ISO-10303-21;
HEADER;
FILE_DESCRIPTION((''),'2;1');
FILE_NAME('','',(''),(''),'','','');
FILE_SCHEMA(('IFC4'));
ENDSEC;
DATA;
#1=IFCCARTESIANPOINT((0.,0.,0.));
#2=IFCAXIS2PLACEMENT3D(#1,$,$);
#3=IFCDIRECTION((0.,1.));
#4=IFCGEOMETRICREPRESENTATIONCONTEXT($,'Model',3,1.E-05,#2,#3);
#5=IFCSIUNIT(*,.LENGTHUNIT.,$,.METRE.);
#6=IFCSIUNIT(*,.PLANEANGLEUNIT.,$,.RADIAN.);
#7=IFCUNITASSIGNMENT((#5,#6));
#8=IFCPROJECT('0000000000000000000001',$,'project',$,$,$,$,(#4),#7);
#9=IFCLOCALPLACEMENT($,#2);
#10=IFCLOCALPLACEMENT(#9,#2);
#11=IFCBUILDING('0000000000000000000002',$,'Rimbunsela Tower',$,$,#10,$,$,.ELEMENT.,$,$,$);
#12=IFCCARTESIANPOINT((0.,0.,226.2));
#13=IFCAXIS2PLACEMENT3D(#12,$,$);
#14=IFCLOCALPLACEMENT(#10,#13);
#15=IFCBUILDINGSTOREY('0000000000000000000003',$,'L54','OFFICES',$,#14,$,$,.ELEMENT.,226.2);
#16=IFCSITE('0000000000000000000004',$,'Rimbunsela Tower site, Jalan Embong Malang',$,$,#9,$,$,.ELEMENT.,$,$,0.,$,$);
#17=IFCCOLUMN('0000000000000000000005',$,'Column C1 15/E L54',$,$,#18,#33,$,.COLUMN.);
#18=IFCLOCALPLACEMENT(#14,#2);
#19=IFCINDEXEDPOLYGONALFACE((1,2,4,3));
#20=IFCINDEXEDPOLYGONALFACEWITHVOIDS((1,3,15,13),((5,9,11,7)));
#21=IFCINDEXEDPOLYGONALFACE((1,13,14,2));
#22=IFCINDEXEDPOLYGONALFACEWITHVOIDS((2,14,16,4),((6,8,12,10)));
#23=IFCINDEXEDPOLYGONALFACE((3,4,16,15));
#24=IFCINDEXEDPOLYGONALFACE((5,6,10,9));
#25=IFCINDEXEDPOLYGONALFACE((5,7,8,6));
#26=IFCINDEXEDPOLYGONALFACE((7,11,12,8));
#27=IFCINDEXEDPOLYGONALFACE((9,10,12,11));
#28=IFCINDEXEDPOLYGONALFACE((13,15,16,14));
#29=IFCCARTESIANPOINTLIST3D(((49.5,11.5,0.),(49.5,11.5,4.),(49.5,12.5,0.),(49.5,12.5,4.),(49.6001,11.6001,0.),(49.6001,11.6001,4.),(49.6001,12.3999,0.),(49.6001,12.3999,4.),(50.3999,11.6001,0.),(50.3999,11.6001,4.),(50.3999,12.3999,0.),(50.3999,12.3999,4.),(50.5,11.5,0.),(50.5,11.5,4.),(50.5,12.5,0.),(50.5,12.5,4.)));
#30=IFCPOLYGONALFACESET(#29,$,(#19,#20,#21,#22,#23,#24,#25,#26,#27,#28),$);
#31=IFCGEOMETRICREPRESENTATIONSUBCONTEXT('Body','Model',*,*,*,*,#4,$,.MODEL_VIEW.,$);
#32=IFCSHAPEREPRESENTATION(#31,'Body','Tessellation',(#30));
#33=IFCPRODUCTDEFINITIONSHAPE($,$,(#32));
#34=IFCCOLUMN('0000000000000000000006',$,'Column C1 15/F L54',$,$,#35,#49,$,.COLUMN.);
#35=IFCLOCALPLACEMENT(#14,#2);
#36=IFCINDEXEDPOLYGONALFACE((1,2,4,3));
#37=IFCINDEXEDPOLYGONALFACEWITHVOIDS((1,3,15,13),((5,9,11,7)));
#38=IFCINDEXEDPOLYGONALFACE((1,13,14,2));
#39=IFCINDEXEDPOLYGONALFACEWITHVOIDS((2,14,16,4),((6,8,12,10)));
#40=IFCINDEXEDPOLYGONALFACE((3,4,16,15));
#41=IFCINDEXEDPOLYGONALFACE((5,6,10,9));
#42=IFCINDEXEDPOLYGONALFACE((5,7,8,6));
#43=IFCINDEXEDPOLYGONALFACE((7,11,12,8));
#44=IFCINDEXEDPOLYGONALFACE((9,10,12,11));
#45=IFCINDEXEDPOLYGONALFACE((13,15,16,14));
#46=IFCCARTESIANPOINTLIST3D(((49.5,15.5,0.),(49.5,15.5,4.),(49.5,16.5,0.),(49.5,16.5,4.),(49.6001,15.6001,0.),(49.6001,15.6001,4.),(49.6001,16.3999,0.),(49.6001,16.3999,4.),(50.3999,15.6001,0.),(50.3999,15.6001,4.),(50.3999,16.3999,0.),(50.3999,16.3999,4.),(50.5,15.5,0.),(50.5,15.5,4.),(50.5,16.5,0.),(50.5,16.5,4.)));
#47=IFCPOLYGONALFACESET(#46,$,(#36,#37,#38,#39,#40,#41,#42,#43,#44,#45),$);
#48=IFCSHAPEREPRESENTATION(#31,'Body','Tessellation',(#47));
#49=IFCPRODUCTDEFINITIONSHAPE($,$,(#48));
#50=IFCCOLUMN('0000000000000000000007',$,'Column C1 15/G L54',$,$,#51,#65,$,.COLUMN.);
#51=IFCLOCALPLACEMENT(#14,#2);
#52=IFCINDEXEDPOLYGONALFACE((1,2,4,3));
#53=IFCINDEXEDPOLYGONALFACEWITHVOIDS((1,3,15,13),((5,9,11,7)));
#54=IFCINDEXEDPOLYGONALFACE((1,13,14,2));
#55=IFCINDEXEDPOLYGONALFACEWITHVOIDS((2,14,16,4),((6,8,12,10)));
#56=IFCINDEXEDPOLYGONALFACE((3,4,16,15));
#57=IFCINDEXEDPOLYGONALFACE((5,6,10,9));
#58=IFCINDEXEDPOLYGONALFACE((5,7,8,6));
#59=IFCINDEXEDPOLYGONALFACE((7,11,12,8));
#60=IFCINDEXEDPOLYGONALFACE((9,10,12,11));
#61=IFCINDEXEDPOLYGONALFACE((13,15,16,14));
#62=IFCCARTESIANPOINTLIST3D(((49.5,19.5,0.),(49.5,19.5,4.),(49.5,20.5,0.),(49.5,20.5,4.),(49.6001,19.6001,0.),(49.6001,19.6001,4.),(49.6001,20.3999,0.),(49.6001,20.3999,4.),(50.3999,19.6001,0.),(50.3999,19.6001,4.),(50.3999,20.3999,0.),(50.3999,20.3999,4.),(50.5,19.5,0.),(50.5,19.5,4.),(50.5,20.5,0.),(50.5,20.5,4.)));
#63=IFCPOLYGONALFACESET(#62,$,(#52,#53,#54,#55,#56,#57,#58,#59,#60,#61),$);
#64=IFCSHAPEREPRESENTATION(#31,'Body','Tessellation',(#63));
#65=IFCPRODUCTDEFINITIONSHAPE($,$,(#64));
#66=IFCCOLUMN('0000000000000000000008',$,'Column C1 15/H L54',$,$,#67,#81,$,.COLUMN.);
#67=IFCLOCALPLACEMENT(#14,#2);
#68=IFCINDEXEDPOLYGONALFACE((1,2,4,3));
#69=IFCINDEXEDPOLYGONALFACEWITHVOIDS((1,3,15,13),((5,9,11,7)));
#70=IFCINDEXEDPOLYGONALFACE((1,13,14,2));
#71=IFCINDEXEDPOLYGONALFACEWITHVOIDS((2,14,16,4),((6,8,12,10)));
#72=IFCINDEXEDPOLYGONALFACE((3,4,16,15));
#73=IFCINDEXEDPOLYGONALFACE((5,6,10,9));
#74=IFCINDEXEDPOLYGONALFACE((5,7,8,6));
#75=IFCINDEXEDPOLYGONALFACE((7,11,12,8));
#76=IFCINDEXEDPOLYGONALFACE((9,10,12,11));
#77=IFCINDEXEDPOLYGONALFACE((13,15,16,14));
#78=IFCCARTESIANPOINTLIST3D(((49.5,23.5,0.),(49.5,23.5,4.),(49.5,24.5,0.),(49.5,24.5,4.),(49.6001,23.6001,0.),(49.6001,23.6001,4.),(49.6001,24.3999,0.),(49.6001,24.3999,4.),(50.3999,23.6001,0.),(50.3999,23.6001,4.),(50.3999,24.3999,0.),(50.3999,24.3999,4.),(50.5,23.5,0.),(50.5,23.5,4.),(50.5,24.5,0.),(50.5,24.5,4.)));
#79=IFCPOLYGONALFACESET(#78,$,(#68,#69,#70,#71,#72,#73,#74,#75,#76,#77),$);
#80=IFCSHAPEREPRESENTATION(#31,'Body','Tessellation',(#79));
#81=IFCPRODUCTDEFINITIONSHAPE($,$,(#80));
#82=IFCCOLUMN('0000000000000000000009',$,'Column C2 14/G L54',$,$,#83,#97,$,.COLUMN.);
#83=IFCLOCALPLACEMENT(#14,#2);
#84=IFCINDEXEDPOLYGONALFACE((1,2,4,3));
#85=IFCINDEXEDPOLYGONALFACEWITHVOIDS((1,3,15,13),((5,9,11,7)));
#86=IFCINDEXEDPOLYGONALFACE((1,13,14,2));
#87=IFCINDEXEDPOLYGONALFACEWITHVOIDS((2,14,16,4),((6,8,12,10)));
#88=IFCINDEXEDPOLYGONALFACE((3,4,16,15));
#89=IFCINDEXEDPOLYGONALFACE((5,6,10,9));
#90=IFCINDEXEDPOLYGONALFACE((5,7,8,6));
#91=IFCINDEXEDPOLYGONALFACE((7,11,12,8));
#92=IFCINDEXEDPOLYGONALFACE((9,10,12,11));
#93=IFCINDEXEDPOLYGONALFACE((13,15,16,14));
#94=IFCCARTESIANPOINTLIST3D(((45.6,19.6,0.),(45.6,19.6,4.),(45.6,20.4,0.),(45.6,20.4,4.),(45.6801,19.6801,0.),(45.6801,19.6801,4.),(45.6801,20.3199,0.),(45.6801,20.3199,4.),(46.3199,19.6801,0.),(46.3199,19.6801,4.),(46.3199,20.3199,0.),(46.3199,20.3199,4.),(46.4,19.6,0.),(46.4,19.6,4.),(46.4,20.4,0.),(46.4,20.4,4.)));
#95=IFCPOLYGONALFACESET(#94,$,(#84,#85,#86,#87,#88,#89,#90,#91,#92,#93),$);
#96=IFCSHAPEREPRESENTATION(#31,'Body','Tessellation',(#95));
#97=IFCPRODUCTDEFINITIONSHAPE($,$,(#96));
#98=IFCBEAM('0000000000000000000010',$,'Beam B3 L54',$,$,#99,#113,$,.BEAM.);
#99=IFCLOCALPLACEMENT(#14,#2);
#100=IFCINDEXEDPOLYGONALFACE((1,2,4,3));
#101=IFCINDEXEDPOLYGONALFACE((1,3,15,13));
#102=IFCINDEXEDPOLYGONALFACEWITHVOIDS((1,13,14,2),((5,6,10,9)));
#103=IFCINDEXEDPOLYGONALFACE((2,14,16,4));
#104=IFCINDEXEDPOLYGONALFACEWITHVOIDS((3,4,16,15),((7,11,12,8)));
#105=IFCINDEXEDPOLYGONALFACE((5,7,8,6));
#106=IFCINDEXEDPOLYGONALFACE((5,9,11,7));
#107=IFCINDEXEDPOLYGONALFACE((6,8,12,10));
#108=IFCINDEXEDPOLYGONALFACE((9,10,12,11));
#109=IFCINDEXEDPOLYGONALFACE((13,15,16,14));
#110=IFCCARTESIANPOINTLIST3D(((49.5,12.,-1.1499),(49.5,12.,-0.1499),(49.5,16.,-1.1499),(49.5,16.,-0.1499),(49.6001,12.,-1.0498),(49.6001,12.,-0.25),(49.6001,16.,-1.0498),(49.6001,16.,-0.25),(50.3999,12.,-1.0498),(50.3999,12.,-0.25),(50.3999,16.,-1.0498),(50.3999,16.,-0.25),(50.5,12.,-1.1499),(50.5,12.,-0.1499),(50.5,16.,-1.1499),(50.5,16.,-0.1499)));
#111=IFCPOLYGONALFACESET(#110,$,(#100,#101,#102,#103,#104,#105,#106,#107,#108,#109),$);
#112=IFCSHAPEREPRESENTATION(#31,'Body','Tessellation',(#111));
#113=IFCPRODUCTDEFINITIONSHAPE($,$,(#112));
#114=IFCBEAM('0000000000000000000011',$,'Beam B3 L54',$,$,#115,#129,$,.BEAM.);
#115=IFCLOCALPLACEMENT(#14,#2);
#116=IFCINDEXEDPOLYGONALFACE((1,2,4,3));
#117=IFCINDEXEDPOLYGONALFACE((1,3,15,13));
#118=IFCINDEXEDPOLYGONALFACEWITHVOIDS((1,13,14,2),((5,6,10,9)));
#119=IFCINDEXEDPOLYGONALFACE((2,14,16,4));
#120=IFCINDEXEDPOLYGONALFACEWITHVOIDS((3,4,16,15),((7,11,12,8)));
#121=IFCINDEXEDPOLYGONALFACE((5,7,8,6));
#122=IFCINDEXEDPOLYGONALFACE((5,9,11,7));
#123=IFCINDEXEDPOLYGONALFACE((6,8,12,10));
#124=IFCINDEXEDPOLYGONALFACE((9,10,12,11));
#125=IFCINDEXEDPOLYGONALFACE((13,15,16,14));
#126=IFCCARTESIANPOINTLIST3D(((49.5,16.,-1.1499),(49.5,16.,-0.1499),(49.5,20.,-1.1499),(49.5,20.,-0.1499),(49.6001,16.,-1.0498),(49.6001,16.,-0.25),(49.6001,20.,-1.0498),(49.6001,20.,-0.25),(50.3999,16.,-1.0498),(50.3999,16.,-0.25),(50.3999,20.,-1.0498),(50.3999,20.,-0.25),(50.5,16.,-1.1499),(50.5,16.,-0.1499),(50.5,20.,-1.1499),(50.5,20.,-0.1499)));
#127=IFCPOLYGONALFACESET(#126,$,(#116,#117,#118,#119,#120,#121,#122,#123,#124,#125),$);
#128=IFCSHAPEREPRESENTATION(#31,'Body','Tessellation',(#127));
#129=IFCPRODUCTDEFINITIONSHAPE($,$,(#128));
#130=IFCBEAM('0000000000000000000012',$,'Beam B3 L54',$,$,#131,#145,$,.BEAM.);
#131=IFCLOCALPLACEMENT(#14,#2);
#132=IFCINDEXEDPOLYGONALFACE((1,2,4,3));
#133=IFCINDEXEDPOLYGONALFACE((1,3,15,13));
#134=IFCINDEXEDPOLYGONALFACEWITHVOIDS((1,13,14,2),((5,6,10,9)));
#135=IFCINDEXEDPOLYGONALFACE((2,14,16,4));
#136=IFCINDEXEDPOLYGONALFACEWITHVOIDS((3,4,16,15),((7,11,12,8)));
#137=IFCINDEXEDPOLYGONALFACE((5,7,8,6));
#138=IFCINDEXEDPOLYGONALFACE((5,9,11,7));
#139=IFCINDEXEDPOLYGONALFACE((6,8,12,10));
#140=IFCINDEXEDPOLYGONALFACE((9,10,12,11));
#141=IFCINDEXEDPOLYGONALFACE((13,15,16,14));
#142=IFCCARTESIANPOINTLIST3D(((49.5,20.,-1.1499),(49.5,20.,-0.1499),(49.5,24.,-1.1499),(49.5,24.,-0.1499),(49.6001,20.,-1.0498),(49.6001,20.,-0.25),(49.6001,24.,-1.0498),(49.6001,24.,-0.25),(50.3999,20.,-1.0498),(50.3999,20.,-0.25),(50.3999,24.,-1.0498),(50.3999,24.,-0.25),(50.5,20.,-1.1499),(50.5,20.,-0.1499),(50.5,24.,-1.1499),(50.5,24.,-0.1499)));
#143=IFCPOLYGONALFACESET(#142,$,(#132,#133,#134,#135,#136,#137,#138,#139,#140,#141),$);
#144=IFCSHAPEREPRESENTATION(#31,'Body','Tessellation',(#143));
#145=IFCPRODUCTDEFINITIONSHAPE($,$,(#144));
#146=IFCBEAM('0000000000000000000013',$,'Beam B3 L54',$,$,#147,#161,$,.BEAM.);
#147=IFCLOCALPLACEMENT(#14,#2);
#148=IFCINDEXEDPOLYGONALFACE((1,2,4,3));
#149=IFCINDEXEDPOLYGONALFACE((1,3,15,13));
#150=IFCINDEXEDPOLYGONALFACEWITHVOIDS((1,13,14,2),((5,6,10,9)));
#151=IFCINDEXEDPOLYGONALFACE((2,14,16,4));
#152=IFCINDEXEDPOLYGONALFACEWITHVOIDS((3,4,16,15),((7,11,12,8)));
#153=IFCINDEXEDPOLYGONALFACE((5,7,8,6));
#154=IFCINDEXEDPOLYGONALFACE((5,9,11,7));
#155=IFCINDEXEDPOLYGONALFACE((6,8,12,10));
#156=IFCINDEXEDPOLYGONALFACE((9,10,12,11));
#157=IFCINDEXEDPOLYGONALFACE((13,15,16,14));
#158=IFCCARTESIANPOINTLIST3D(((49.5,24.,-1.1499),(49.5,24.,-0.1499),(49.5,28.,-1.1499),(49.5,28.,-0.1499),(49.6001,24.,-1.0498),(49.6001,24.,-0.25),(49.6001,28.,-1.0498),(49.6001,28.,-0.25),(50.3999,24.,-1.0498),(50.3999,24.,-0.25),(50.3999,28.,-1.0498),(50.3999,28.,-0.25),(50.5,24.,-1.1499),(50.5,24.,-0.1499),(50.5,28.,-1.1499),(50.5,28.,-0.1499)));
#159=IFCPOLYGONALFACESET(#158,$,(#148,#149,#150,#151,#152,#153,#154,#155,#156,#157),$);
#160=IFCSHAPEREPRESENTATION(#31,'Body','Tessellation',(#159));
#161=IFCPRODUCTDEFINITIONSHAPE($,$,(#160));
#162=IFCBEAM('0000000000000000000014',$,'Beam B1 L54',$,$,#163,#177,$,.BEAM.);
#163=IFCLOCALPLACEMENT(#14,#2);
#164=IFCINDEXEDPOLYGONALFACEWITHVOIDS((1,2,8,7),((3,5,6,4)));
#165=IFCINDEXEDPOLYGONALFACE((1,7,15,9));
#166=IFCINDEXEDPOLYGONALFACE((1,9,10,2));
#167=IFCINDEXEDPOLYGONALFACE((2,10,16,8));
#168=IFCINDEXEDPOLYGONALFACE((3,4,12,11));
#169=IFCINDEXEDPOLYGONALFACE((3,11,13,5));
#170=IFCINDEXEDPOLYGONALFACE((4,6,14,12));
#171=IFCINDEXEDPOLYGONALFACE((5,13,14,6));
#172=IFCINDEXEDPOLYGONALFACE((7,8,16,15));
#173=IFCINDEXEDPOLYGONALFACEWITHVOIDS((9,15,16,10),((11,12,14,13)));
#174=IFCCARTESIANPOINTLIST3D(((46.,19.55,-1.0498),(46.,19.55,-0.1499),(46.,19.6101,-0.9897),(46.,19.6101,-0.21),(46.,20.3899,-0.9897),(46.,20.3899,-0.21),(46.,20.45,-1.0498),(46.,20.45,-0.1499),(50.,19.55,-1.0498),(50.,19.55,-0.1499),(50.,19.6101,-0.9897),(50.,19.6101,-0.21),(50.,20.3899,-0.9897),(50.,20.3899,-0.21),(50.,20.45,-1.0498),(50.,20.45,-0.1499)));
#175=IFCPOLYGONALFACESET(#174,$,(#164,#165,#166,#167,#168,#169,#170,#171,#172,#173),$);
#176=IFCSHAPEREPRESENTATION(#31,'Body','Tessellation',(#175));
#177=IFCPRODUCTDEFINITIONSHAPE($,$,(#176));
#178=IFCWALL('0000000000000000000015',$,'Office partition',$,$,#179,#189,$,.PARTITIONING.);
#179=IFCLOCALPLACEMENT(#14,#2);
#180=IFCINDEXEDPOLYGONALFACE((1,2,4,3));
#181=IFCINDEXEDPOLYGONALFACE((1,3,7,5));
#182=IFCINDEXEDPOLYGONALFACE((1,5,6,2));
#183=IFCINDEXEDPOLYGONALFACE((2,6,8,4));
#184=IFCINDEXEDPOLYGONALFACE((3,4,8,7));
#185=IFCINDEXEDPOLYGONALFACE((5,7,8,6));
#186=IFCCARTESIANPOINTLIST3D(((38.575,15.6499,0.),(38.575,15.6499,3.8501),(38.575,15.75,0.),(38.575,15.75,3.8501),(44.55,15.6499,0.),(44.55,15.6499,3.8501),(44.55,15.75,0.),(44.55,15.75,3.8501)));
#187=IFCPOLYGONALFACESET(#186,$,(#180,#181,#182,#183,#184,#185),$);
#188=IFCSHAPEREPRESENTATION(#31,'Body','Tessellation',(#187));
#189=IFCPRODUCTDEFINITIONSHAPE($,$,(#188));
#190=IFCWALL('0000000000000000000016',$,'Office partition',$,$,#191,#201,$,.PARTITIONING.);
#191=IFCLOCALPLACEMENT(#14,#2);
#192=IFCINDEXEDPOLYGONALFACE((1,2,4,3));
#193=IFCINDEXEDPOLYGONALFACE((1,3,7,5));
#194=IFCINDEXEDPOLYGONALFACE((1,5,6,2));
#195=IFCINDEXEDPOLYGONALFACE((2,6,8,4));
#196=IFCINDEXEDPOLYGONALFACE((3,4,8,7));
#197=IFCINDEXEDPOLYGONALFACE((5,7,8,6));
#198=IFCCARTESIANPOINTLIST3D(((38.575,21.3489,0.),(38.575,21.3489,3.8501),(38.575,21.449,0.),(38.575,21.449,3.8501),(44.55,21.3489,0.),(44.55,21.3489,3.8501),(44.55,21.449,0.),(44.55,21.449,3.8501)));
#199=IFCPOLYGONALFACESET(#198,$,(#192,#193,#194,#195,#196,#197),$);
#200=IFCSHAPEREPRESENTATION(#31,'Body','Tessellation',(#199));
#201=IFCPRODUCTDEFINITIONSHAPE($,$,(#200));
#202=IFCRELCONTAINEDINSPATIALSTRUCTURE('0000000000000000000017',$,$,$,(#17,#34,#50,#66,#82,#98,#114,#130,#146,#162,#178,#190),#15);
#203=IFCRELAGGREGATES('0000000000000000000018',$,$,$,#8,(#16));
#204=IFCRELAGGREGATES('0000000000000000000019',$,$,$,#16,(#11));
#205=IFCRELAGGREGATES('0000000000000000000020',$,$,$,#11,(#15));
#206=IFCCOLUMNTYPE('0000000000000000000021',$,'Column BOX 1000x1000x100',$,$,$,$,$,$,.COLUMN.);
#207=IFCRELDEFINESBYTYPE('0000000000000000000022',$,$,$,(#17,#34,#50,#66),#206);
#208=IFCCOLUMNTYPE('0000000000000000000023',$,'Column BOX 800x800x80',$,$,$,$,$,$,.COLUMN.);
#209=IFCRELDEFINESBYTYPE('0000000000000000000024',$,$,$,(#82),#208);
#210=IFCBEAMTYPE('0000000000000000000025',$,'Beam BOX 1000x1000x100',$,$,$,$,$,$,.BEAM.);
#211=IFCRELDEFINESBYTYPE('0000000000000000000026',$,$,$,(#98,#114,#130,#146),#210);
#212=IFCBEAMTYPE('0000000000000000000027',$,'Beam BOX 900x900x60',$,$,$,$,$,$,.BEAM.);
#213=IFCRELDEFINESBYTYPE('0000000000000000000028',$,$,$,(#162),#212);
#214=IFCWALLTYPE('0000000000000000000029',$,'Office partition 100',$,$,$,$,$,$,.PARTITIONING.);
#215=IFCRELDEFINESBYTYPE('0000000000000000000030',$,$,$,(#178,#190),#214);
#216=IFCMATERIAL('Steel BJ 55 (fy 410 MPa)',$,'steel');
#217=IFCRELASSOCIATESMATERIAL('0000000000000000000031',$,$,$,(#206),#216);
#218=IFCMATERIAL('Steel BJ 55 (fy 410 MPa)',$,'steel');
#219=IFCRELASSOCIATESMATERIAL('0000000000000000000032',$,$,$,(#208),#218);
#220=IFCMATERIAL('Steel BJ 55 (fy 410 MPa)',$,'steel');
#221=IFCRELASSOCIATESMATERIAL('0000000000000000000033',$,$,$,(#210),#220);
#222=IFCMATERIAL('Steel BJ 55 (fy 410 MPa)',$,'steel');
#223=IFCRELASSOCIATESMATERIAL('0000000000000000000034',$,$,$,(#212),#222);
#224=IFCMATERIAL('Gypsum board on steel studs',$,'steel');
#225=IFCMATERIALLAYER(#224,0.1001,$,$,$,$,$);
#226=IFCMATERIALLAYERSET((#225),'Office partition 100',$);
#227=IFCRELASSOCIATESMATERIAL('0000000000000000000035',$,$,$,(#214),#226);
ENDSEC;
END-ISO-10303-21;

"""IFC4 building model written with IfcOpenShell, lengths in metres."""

from ifc_helpers import new_model, si_unit, direction, frame, frame_2d, origin, origin_2d, place, context, subcontext, project, spatial, rectangle, hollow_rectangle, extrude, material, layer, layer_set, material_profile, profile_set, type_object, element, save


model = new_model("IFC4")

# Units and contexts
model_context = context("Model", 3, precision=1e-05, world=origin(), true_north=direction((0.0, 1.0)))
body_context = subcontext(model_context, "Body", "Model", "MODEL_VIEW")
ifc_project = project(units=[si_unit("LENGTHUNIT", "METRE"), si_unit("PLANEANGLEUNIT", "RADIAN")], contexts=[model_context])

# Site, building, storey
site_placement = place(None, origin())
site = spatial("IfcSite", under=ifc_project, at=site_placement, Name="Rimbunsela Tower site, Jalan Embong Malang", CompositionType="ELEMENT", RefElevation=0.0)
building_placement = place(site_placement, origin())
building = spatial("IfcBuilding", under=site, at=building_placement, Name="Rimbunsela Tower", CompositionType="ELEMENT")
storey_placement = place(building_placement, frame((0.0, 0.0, 226.2)))
storey = spatial("IfcBuildingStorey", under=building, at=storey_placement, Name="L54", Description="OFFICES", CompositionType="ELEMENT", Elevation=226.2)

# Columns
ifc_material_1 = material(Name="Steel BJ 55 (fy 410 MPa)", Category="steel")
ifc_material_profile_1 = material_profile(ifc_material_1, hollow_rectangle(XDim=1.0, YDim=1.0, WallThickness=0.1001, at=origin_2d()), Name="BOX 1000x1000x100")
ifc_profile_set_1 = profile_set([ifc_material_profile_1], Name="Steel BJ 55 (fy 410 MPa)")
column_type_1 = type_object("IfcColumnType", Name="Column BOX 1000x1000x100", PredefinedType="COLUMN", material=ifc_profile_set_1)
for number, where, z_axis, x_axis, name in (
    (1, (50.0, 12.0, 0.0), (0.0, 0.0, 1.0), (1.0, 0.0, 0.0), "Column C1 15/E L54"),
    (2, (50.0, 16.0, 0.0), (0.0, 0.0, 1.0), (1.0, 0.0, 0.0), "Column C1 15/F L54"),
    (3, (50.0, 20.0, 0.0), (0.0, 0.0, 1.0), (1.0, 0.0, 0.0), "Column C1 15/G L54"),
    (4, (50.0, 24.0, 0.0), (0.0, 0.0, 1.0), (1.0, 0.0, 0.0), "Column C1 15/H L54"),
):
    element("IfcColumn", number, at=place(storey_placement, frame(where, z_axis=z_axis, x_axis=x_axis)), inside=storey, type_object=column_type_1, Name=name, PredefinedType="COLUMN", context=body_context, shape_type="SweptSolid", body=[
        extrude(hollow_rectangle(XDim=1.0, YDim=1.0, WallThickness=0.1001, at=origin_2d()), origin(), (0.0, 0.0, 1.0), 4.0),
    ])
ifc_material_2 = material(Name="Steel BJ 55 (fy 410 MPa)", Category="steel")
ifc_material_profile_2 = material_profile(ifc_material_2, hollow_rectangle(XDim=0.8, YDim=0.8, WallThickness=0.0801, at=origin_2d()), Name="BOX 800x800x80")
ifc_profile_set_2 = profile_set([ifc_material_profile_2], Name="Steel BJ 55 (fy 410 MPa)")
column_type_2 = type_object("IfcColumnType", Name="Column BOX 800x800x80", PredefinedType="COLUMN", material=ifc_profile_set_2)
column_placement = place(storey_placement, frame((46.0, 20.0, 0.0), z_axis=(0.0, 0.0, 1.0), x_axis=(1.0, 0.0, 0.0)))
element("IfcColumn", 5, at=column_placement, inside=storey, type_object=column_type_2, Name="Column C2 14/G L54", PredefinedType="COLUMN", context=body_context, shape_type="SweptSolid", body=[
    extrude(hollow_rectangle(XDim=0.8, YDim=0.8, WallThickness=0.0801, at=origin_2d()), origin(), (0.0, 0.0, 1.0), 4.0),
])

# Beams
ifc_material_3 = material(Name="Steel BJ 55 (fy 410 MPa)", Category="steel")
ifc_material_profile_3 = material_profile(ifc_material_3, hollow_rectangle(XDim=1.0, YDim=1.0, WallThickness=0.1001, at=origin_2d()), Name="BOX 1000x1000x100")
ifc_profile_set_3 = profile_set([ifc_material_profile_3], Name="Steel BJ 55 (fy 410 MPa)")
beam_type_1 = type_object("IfcBeamType", Name="Beam BOX 1000x1000x100", PredefinedType="BEAM", material=ifc_profile_set_3)
for number, where, z_axis, x_axis, name in (
    (6, (50.0, 12.0, -0.6499), (0.0, 1.0, 0.0), (-1.0, 0.0, 0.0), "Beam B3 L54"),
    (7, (50.0, 16.0, -0.6499), (0.0, 1.0, 0.0), (-1.0, 0.0, 0.0), "Beam B3 L54"),
    (8, (50.0, 20.0, -0.6499), (0.0, 1.0, 0.0), (-1.0, 0.0, 0.0), "Beam B3 L54"),
    (9, (50.0, 24.0, -0.6499), (0.0, 1.0, 0.0), (-1.0, 0.0, 0.0), "Beam B3 L54"),
):
    element("IfcBeam", number, at=place(storey_placement, frame(where, z_axis=z_axis, x_axis=x_axis)), inside=storey, type_object=beam_type_1, Name=name, PredefinedType="BEAM", context=body_context, shape_type="SweptSolid", body=[
        extrude(hollow_rectangle(XDim=1.0, YDim=1.0, WallThickness=0.1001, at=origin_2d()), origin(), (0.0, 0.0, 1.0), 4.0),
    ])
ifc_material_4 = material(Name="Steel BJ 55 (fy 410 MPa)", Category="steel")
ifc_material_profile_4 = material_profile(ifc_material_4, hollow_rectangle(XDim=0.8999, YDim=0.8999, WallThickness=0.0601, at=origin_2d()), Name="BOX 900x900x60")
ifc_profile_set_4 = profile_set([ifc_material_profile_4], Name="Steel BJ 55 (fy 410 MPa)")
beam_type_2 = type_object("IfcBeamType", Name="Beam BOX 900x900x60", PredefinedType="BEAM", material=ifc_profile_set_4)
beam_placement = place(storey_placement, frame((46.0, 20.0, -0.5999), z_axis=(1.0, 0.0, 0.0), x_axis=(0.0, 1.0, 0.0)))
element("IfcBeam", 10, at=beam_placement, inside=storey, type_object=beam_type_2, Name="Beam B1 L54", PredefinedType="BEAM", context=body_context, shape_type="SweptSolid", body=[
    extrude(hollow_rectangle(XDim=0.8999, YDim=0.8999, WallThickness=0.0601, at=origin_2d()), origin(), (0.0, 0.0, 1.0), 4.0),
])

# Walls
ifc_material_5 = material(Name="Gypsum board on steel studs", Category="steel")
ifc_layer_1 = layer(ifc_material_5, 0.1001)
ifc_layer_set_1 = layer_set([ifc_layer_1], Name="Office partition 100")
wall_type_1 = type_object("IfcWallType", Name="Office partition 100", PredefinedType="PARTITIONING", material=ifc_layer_set_1)
for number, where, z_axis, x_axis, name in (
    (11, (38.575, 15.7, 0.0), (0.0, 0.0, 1.0), (1.0, 0.0, 0.0), "Office partition"),
    (12, (38.575, 21.3989, 0.0), (0.0, 0.0, 1.0), (1.0, 0.0, 0.0), "Office partition"),
):
    element("IfcWall", number, at=place(storey_placement, frame(where, z_axis=z_axis, x_axis=x_axis)), inside=storey, type_object=wall_type_1, Name=name, PredefinedType="PARTITIONING", context=body_context, shape_type="SweptSolid", body=[
        extrude(rectangle(XDim=5.9751, YDim=0.1001, at=frame_2d((2.9875, 0.0))), origin(), (0.0, 0.0, 1.0), 3.8501),
    ])

save(model, "model.ifc")
